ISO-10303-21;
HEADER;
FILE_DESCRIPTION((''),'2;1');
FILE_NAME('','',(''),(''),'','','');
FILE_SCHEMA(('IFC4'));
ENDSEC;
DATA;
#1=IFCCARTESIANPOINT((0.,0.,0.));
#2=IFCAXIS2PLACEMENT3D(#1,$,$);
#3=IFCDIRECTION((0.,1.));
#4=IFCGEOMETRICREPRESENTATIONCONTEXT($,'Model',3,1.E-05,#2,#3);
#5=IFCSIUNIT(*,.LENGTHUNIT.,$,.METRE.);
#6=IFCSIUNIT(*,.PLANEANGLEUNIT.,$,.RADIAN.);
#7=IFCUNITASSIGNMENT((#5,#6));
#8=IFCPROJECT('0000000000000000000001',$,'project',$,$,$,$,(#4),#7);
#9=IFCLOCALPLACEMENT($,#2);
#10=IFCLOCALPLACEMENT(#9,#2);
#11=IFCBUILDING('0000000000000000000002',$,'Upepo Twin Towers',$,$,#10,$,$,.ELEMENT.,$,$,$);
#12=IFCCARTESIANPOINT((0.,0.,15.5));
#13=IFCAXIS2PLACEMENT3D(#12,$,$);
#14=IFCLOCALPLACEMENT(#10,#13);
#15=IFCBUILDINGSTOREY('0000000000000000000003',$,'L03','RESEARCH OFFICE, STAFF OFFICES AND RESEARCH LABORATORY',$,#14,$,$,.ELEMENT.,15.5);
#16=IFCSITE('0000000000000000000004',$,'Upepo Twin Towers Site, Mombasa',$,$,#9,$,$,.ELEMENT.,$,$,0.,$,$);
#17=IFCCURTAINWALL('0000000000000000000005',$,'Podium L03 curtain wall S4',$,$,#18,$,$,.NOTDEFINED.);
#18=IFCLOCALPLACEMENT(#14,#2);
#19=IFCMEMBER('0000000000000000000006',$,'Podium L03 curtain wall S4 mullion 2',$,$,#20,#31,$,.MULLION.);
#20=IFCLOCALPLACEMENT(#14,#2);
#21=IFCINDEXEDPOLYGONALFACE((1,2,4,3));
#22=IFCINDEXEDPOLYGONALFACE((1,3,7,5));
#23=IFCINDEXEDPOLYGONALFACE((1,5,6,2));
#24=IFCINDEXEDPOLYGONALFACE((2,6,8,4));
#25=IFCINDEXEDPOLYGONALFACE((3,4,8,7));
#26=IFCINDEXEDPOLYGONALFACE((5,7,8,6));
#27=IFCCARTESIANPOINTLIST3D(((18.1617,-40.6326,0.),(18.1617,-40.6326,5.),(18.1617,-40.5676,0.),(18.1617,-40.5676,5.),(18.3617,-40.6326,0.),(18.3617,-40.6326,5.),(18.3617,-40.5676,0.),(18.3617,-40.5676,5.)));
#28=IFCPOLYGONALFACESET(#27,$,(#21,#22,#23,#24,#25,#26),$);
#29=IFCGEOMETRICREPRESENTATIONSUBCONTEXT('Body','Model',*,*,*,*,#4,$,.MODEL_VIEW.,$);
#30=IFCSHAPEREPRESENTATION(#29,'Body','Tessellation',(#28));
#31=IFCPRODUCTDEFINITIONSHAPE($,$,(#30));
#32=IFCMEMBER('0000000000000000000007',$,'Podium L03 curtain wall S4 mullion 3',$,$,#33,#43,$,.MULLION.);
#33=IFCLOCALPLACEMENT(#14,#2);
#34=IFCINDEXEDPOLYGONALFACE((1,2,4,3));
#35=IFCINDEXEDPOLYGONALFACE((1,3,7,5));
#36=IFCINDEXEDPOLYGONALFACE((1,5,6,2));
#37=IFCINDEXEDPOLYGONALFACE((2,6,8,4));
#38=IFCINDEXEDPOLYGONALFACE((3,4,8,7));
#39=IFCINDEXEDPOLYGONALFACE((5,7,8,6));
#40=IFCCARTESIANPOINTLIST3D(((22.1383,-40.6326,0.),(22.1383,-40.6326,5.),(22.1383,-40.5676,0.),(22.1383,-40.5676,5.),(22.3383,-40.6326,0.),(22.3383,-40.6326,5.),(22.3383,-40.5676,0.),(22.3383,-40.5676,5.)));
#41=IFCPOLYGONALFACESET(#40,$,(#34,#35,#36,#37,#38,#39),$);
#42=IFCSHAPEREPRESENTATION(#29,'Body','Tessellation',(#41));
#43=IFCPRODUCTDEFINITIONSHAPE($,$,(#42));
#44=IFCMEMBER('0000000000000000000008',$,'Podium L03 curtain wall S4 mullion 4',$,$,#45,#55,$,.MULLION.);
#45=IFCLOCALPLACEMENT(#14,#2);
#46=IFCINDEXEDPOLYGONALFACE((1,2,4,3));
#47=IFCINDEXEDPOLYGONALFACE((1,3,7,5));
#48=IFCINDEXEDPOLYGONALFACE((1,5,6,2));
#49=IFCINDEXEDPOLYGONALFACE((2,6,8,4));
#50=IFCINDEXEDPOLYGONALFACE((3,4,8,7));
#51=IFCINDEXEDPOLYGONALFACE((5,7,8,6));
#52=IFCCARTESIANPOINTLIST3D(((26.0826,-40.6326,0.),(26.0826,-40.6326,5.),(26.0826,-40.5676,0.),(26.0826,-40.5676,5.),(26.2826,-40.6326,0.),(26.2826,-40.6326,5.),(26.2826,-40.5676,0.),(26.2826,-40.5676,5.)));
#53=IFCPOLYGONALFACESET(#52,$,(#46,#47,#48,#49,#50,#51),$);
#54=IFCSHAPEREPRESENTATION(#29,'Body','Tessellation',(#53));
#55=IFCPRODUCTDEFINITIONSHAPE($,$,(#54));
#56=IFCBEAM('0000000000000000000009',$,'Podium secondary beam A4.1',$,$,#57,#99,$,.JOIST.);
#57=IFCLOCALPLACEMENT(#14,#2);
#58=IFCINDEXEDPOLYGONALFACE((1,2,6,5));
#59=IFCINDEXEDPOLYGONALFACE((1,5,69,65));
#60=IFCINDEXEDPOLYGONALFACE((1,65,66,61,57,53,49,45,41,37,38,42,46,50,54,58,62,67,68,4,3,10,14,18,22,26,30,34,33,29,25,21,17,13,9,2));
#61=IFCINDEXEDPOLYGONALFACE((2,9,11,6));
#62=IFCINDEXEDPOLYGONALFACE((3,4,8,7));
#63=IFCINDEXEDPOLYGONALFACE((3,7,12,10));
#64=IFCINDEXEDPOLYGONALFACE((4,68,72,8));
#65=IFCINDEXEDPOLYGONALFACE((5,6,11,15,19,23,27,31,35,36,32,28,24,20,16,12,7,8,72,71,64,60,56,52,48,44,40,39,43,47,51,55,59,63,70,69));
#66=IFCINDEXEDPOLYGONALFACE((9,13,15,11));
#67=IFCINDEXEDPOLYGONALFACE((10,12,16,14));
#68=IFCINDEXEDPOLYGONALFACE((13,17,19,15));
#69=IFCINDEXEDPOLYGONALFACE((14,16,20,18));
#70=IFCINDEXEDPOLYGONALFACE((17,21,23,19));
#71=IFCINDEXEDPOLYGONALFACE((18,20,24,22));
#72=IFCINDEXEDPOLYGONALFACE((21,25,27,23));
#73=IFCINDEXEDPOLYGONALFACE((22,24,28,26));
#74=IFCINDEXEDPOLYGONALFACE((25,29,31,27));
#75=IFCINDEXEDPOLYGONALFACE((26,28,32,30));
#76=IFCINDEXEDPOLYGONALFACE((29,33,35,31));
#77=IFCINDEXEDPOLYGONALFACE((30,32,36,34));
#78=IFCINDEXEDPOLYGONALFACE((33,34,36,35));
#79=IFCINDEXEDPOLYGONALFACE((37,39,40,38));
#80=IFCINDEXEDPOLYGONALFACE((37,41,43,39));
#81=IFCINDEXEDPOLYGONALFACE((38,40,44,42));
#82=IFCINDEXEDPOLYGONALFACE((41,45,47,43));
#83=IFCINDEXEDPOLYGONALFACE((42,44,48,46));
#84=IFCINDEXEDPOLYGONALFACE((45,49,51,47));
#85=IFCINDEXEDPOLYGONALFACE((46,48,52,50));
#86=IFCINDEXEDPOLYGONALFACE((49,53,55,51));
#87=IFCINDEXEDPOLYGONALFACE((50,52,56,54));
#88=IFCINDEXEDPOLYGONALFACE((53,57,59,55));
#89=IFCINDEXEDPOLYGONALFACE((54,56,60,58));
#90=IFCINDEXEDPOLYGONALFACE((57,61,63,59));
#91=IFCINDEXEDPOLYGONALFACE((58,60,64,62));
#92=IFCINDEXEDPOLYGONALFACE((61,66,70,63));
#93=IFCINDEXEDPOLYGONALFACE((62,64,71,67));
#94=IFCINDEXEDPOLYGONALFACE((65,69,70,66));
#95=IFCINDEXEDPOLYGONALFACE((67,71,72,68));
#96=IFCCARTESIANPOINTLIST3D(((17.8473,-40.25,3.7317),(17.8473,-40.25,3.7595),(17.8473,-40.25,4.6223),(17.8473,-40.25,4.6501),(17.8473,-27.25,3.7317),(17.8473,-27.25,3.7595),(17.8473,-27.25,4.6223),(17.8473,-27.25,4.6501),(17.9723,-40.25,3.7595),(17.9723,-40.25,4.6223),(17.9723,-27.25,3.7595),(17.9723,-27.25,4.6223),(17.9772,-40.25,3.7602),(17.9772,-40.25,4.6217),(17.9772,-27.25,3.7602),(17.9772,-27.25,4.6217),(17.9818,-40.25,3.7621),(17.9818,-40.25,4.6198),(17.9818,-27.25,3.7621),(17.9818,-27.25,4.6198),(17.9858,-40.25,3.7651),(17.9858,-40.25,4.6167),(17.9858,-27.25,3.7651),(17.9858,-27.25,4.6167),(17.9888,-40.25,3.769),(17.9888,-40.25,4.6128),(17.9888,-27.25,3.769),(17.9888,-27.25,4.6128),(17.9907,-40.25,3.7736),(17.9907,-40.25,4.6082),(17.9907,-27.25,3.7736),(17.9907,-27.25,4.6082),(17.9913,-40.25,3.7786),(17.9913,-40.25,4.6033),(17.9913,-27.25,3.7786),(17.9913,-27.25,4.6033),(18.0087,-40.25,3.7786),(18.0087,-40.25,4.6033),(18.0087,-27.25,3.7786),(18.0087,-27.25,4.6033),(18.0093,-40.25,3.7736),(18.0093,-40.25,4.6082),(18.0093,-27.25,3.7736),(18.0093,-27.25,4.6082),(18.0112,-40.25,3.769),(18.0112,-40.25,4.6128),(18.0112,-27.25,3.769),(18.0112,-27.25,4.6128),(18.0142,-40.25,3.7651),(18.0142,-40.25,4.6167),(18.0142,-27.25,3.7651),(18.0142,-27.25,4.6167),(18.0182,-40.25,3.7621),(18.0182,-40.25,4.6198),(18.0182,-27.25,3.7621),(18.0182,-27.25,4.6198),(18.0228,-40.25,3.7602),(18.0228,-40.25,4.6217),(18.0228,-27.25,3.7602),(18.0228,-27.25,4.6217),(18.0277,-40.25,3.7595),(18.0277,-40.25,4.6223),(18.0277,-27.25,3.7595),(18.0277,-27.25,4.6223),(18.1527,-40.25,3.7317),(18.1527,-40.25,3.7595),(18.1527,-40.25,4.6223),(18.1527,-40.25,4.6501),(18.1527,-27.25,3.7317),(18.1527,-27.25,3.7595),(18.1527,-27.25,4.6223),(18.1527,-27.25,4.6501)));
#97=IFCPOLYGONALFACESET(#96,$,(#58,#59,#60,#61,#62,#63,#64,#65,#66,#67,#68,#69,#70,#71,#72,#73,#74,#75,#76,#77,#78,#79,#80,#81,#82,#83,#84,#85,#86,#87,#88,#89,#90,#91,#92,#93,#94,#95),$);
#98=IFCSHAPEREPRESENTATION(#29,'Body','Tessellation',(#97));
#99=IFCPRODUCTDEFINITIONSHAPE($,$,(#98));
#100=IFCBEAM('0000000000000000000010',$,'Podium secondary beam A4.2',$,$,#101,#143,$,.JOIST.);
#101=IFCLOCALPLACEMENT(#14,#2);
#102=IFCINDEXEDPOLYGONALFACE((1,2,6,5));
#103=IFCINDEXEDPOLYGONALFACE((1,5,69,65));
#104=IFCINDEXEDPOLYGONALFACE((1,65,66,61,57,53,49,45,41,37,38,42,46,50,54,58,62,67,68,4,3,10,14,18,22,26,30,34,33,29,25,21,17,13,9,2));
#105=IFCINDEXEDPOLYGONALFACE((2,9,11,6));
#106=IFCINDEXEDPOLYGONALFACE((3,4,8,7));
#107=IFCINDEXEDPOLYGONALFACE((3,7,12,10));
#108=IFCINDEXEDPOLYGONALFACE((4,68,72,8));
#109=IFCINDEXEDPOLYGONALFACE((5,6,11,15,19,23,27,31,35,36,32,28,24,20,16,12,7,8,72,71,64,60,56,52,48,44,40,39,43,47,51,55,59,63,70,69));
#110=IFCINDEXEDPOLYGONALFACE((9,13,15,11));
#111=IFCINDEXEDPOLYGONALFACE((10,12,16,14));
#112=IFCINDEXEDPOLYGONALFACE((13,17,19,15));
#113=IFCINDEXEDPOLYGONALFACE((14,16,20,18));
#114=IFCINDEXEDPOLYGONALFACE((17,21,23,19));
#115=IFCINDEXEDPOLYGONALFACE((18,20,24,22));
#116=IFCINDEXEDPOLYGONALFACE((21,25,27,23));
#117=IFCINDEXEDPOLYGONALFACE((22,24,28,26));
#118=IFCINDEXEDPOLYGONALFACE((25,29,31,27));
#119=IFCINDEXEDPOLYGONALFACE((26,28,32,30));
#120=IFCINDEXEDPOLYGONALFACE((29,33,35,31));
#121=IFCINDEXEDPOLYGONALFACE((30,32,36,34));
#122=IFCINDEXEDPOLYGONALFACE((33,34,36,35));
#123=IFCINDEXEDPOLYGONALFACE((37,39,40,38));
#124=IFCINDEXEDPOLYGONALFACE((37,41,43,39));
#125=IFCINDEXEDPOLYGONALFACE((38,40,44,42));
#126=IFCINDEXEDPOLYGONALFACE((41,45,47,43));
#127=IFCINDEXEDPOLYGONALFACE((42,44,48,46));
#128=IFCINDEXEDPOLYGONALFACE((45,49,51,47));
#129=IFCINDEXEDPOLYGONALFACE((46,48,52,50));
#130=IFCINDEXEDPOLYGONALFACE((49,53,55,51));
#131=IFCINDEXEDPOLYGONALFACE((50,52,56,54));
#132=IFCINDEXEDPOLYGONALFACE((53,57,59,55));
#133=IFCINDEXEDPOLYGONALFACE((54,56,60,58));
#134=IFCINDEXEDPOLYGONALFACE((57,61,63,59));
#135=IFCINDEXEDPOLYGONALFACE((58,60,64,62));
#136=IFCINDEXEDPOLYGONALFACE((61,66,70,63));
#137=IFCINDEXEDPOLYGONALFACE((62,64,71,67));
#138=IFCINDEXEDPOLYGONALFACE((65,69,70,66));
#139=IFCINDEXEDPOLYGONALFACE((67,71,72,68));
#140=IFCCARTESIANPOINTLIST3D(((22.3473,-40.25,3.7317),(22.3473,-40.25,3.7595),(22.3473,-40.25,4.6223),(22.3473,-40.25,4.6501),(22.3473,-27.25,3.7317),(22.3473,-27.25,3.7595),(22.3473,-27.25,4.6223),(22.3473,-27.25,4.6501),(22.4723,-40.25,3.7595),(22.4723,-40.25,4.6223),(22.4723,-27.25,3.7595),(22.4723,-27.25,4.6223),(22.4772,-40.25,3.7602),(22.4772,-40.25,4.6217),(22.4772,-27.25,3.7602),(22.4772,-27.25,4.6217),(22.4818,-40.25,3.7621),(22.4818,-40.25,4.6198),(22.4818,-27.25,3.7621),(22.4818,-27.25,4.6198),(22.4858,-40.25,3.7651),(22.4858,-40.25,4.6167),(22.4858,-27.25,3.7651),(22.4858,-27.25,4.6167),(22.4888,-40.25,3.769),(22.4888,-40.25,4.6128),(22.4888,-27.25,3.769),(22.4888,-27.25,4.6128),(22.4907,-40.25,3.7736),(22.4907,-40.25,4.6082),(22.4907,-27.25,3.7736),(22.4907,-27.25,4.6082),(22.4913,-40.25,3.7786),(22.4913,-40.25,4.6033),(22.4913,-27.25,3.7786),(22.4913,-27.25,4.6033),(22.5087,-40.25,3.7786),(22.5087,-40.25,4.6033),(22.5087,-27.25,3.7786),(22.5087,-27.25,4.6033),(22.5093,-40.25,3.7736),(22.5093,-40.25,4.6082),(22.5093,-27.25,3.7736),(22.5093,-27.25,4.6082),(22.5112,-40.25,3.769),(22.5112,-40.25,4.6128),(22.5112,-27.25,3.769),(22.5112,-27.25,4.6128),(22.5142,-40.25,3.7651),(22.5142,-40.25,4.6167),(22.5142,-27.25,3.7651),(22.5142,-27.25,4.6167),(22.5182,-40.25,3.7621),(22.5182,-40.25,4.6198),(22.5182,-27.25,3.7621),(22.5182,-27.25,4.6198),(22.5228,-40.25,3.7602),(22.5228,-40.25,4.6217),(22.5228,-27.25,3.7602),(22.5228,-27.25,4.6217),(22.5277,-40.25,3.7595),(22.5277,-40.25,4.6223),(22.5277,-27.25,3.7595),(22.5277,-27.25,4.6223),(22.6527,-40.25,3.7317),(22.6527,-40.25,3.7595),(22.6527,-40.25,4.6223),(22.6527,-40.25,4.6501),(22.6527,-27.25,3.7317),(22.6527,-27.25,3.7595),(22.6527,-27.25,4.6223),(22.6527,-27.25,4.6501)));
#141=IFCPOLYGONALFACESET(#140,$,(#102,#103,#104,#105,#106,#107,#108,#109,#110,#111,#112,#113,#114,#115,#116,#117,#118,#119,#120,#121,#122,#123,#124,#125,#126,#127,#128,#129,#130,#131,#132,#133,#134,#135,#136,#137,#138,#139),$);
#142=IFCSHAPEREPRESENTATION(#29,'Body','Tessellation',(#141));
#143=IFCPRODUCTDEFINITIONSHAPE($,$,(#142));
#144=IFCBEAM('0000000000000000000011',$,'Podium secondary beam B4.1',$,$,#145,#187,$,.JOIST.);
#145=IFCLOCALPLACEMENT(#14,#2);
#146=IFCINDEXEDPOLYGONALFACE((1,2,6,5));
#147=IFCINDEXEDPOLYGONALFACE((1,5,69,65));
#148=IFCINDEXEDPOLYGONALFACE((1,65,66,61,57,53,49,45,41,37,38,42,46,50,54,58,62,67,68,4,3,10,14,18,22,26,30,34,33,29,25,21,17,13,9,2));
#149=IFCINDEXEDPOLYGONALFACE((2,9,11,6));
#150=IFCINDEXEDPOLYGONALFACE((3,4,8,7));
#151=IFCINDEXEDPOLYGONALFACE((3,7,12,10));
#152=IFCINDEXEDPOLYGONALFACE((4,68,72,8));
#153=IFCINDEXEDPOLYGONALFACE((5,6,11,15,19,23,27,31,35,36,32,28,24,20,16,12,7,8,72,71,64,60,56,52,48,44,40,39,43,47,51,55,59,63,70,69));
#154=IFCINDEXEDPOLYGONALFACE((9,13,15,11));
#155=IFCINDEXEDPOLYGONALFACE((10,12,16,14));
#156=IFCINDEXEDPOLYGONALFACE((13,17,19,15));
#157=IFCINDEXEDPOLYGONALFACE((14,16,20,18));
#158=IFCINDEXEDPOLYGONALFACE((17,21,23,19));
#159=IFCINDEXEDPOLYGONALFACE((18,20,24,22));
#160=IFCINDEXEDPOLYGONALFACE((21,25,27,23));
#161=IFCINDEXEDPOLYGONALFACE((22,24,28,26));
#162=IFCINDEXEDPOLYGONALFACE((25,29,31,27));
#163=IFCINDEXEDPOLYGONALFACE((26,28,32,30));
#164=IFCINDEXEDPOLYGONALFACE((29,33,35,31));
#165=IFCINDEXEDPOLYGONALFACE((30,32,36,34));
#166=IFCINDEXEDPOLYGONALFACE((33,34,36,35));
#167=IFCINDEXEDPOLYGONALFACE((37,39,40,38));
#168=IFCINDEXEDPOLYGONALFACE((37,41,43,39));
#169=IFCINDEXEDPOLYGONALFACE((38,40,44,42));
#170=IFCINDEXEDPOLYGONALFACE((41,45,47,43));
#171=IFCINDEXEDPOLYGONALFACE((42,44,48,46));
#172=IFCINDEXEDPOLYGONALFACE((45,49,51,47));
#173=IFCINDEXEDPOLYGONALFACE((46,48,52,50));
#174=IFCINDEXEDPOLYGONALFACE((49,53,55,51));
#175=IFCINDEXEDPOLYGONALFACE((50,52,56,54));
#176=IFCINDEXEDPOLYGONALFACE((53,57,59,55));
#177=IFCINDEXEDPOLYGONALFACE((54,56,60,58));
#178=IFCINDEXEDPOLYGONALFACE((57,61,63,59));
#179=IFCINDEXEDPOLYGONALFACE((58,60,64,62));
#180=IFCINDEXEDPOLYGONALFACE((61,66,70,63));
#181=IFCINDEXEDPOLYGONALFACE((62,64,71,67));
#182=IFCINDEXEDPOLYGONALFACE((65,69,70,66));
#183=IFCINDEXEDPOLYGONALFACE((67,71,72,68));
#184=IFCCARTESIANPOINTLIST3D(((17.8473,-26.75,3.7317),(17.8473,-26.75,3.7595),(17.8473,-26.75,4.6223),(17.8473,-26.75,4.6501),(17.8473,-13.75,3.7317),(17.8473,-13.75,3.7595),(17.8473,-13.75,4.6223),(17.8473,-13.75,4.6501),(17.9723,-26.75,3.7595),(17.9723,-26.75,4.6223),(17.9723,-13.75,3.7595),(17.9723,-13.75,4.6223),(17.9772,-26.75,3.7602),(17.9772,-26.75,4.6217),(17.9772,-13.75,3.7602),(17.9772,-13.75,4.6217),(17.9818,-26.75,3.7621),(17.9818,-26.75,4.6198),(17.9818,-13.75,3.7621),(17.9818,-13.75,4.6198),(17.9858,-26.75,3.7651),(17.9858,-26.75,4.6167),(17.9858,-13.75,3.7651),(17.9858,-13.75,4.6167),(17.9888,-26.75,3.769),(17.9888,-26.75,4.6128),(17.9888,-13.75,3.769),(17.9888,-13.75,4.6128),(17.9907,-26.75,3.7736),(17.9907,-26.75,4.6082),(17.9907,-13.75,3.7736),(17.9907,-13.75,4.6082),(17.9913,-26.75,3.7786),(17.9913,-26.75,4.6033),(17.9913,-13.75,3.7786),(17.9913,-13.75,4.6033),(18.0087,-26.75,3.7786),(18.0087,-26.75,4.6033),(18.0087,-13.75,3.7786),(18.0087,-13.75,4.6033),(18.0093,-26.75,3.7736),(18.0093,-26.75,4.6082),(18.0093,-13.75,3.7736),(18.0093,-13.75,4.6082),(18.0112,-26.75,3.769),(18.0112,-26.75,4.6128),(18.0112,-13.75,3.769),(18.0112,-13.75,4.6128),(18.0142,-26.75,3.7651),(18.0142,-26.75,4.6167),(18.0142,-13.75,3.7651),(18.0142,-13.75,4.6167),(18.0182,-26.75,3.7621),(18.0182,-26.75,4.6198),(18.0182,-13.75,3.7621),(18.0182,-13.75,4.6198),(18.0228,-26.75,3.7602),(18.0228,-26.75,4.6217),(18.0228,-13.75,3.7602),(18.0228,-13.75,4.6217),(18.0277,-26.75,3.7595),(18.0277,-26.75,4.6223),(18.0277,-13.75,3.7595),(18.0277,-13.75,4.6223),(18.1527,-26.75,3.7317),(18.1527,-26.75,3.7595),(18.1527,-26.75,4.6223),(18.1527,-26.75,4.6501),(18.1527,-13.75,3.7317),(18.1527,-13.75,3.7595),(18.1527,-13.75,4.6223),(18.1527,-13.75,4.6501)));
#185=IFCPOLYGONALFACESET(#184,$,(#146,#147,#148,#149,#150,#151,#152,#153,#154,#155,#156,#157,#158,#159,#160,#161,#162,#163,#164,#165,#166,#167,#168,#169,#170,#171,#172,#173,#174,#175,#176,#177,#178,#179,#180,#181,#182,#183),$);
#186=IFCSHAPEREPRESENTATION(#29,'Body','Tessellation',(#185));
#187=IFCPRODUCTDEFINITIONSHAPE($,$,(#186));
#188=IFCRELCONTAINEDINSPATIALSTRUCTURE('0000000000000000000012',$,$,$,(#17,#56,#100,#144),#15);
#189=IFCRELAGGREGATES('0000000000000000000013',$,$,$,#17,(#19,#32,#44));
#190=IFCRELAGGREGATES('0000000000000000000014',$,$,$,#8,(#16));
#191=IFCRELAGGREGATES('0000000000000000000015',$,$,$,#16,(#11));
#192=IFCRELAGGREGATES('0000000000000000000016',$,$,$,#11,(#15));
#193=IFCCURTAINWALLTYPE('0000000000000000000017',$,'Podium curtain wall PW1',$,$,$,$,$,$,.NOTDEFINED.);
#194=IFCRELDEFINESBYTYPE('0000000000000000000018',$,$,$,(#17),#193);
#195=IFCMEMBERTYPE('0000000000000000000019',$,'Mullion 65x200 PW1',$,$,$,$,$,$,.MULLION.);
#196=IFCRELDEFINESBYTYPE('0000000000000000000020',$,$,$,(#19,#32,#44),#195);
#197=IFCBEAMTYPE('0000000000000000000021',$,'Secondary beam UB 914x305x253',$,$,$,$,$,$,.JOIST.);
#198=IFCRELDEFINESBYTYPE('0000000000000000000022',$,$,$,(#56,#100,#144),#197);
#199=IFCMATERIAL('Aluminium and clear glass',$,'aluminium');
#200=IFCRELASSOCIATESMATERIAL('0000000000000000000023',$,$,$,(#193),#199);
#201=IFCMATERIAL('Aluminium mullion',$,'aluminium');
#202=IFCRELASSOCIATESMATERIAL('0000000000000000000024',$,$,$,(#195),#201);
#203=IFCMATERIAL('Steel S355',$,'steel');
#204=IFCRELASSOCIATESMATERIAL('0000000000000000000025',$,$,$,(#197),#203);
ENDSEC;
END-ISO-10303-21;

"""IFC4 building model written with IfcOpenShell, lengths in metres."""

from ifc_helpers import new_model, si_unit, direction, frame, origin, origin_2d, place, context, subcontext, project, spatial, rectangle, i_section, extrude, material, material_profile, profile_set, type_object, element, aggregate, save


model = new_model("IFC4")

# Units and contexts
model_context = context("Model", 3, precision=1e-05, world=origin(), true_north=direction((0.0, 1.0)))
body_context = subcontext(model_context, "Body", "Model", "MODEL_VIEW")
ifc_project = project(units=[si_unit("LENGTHUNIT", "METRE"), si_unit("PLANEANGLEUNIT", "RADIAN")], contexts=[model_context])

# Site, building, storey
site_placement = place(None, origin())
site = spatial("IfcSite", under=ifc_project, at=site_placement, Name="Upepo Twin Towers Site, Mombasa", CompositionType="ELEMENT", RefElevation=0.0)
building_placement = place(site_placement, origin())
building = spatial("IfcBuilding", under=site, at=building_placement, Name="Upepo Twin Towers", CompositionType="ELEMENT")
storey_placement = place(building_placement, frame((0.0, 0.0, 15.5)))
storey = spatial("IfcBuildingStorey", under=building, at=storey_placement, Name="L03", Description="RESEARCH OFFICE, STAFF OFFICES AND RESEARCH LABORATORY", CompositionType="ELEMENT", Elevation=15.5)

# Curtain wall, members
ifc_material_1 = material(Name="Aluminium and clear glass", Category="aluminium")
curtain_wall_type = type_object("IfcCurtainWallType", Name="Podium curtain wall PW1", PredefinedType="NOTDEFINED", material=ifc_material_1)
curtain_wall_placement = place(storey_placement, origin())
curtain_wall = element("IfcCurtainWall", 1, at=curtain_wall_placement, inside=storey, type_object=curtain_wall_type, Name="Podium L03 curtain wall S4", PredefinedType="NOTDEFINED")
ifc_material_2 = material(Name="Aluminium mullion", Category="aluminium")
ifc_material_profile_1 = material_profile(ifc_material_2, rectangle(XDim=0.0649, YDim=0.2, at=origin_2d()), Name="MULLION 65x200 PODIUM")
ifc_profile_set_1 = profile_set([ifc_material_profile_1], Name="Aluminium mullion")
member_type_1 = type_object("IfcMemberType", Name="Mullion 65x200 PW1", PredefinedType="MULLION", material=ifc_profile_set_1)
member_1_placement = place(storey_placement, frame((18.2617, -40.6001, 0.0), z_axis=(0.0, 0.0, 1.0), x_axis=(0.0, 1.0, 0.0)))
member_1 = element("IfcMember", 2, at=member_1_placement, type_object=member_type_1, Name="Podium L03 curtain wall S4 mullion 2", PredefinedType="MULLION", context=body_context, shape_type="SweptSolid", body=[
    extrude(rectangle(XDim=0.0649, YDim=0.2, at=origin_2d()), origin(), (0.0, 0.0, 1.0), 5.0),
])
member_2_placement = place(storey_placement, frame((22.2383, -40.6001, 0.0), z_axis=(0.0, 0.0, 1.0), x_axis=(0.0, 1.0, 0.0)))
member_2 = element("IfcMember", 3, at=member_2_placement, type_object=member_type_1, Name="Podium L03 curtain wall S4 mullion 3", PredefinedType="MULLION", context=body_context, shape_type="SweptSolid", body=[
    extrude(rectangle(XDim=0.0649, YDim=0.2, at=origin_2d()), origin(), (0.0, 0.0, 1.0), 5.0),
])
member_3_placement = place(storey_placement, frame((26.1826, -40.6001, 0.0), z_axis=(0.0, 0.0, 1.0), x_axis=(0.0, 1.0, 0.0)))
member_3 = element("IfcMember", 4, at=member_3_placement, type_object=member_type_1, Name="Podium L03 curtain wall S4 mullion 4", PredefinedType="MULLION", context=body_context, shape_type="SweptSolid", body=[
    extrude(rectangle(XDim=0.0649, YDim=0.2, at=origin_2d()), origin(), (0.0, 0.0, 1.0), 5.0),
])

# Beams
ifc_material_3 = material(Name="Steel S355", Category="steel")
ifc_material_profile_2 = material_profile(ifc_material_3, i_section(OverallWidth=0.3054, OverallDepth=0.9185, WebThickness=0.0173, FlangeThickness=0.0278, FilletRadius=0.019, at=origin_2d()), Name="UB 914x305x253")
ifc_profile_set_2 = profile_set([ifc_material_profile_2], Name="Steel S355")
beam_type_1 = type_object("IfcBeamType", Name="Secondary beam UB 914x305x253", PredefinedType="JOIST", material=ifc_profile_set_2)
for number, where, z_axis, x_axis, name in (
    (5, (18.0, -40.25, 4.1909), (0.0, 1.0, 0.0), (-1.0, 0.0, 0.0), "Podium secondary beam A4.1"),
    (6, (22.5, -40.25, 4.1909), (0.0, 1.0, 0.0), (-1.0, 0.0, 0.0), "Podium secondary beam A4.2"),
    (7, (18.0, -26.75, 4.1909), (0.0, 1.0, 0.0), (-1.0, 0.0, 0.0), "Podium secondary beam B4.1"),
):
    element("IfcBeam", number, at=place(storey_placement, frame(where, z_axis=z_axis, x_axis=x_axis)), inside=storey, type_object=beam_type_1, Name=name, PredefinedType="JOIST", context=body_context, shape_type="SweptSolid", body=[
        extrude(i_section(OverallWidth=0.3054, OverallDepth=0.9185, WebThickness=0.0173, FlangeThickness=0.0278, FilletRadius=0.019, at=origin_2d()), origin(), (0.0, 0.0, 1.0), 13.0),
    ])

aggregate(curtain_wall, [member_1, member_2, member_3])

save(model, "model.ifc")
